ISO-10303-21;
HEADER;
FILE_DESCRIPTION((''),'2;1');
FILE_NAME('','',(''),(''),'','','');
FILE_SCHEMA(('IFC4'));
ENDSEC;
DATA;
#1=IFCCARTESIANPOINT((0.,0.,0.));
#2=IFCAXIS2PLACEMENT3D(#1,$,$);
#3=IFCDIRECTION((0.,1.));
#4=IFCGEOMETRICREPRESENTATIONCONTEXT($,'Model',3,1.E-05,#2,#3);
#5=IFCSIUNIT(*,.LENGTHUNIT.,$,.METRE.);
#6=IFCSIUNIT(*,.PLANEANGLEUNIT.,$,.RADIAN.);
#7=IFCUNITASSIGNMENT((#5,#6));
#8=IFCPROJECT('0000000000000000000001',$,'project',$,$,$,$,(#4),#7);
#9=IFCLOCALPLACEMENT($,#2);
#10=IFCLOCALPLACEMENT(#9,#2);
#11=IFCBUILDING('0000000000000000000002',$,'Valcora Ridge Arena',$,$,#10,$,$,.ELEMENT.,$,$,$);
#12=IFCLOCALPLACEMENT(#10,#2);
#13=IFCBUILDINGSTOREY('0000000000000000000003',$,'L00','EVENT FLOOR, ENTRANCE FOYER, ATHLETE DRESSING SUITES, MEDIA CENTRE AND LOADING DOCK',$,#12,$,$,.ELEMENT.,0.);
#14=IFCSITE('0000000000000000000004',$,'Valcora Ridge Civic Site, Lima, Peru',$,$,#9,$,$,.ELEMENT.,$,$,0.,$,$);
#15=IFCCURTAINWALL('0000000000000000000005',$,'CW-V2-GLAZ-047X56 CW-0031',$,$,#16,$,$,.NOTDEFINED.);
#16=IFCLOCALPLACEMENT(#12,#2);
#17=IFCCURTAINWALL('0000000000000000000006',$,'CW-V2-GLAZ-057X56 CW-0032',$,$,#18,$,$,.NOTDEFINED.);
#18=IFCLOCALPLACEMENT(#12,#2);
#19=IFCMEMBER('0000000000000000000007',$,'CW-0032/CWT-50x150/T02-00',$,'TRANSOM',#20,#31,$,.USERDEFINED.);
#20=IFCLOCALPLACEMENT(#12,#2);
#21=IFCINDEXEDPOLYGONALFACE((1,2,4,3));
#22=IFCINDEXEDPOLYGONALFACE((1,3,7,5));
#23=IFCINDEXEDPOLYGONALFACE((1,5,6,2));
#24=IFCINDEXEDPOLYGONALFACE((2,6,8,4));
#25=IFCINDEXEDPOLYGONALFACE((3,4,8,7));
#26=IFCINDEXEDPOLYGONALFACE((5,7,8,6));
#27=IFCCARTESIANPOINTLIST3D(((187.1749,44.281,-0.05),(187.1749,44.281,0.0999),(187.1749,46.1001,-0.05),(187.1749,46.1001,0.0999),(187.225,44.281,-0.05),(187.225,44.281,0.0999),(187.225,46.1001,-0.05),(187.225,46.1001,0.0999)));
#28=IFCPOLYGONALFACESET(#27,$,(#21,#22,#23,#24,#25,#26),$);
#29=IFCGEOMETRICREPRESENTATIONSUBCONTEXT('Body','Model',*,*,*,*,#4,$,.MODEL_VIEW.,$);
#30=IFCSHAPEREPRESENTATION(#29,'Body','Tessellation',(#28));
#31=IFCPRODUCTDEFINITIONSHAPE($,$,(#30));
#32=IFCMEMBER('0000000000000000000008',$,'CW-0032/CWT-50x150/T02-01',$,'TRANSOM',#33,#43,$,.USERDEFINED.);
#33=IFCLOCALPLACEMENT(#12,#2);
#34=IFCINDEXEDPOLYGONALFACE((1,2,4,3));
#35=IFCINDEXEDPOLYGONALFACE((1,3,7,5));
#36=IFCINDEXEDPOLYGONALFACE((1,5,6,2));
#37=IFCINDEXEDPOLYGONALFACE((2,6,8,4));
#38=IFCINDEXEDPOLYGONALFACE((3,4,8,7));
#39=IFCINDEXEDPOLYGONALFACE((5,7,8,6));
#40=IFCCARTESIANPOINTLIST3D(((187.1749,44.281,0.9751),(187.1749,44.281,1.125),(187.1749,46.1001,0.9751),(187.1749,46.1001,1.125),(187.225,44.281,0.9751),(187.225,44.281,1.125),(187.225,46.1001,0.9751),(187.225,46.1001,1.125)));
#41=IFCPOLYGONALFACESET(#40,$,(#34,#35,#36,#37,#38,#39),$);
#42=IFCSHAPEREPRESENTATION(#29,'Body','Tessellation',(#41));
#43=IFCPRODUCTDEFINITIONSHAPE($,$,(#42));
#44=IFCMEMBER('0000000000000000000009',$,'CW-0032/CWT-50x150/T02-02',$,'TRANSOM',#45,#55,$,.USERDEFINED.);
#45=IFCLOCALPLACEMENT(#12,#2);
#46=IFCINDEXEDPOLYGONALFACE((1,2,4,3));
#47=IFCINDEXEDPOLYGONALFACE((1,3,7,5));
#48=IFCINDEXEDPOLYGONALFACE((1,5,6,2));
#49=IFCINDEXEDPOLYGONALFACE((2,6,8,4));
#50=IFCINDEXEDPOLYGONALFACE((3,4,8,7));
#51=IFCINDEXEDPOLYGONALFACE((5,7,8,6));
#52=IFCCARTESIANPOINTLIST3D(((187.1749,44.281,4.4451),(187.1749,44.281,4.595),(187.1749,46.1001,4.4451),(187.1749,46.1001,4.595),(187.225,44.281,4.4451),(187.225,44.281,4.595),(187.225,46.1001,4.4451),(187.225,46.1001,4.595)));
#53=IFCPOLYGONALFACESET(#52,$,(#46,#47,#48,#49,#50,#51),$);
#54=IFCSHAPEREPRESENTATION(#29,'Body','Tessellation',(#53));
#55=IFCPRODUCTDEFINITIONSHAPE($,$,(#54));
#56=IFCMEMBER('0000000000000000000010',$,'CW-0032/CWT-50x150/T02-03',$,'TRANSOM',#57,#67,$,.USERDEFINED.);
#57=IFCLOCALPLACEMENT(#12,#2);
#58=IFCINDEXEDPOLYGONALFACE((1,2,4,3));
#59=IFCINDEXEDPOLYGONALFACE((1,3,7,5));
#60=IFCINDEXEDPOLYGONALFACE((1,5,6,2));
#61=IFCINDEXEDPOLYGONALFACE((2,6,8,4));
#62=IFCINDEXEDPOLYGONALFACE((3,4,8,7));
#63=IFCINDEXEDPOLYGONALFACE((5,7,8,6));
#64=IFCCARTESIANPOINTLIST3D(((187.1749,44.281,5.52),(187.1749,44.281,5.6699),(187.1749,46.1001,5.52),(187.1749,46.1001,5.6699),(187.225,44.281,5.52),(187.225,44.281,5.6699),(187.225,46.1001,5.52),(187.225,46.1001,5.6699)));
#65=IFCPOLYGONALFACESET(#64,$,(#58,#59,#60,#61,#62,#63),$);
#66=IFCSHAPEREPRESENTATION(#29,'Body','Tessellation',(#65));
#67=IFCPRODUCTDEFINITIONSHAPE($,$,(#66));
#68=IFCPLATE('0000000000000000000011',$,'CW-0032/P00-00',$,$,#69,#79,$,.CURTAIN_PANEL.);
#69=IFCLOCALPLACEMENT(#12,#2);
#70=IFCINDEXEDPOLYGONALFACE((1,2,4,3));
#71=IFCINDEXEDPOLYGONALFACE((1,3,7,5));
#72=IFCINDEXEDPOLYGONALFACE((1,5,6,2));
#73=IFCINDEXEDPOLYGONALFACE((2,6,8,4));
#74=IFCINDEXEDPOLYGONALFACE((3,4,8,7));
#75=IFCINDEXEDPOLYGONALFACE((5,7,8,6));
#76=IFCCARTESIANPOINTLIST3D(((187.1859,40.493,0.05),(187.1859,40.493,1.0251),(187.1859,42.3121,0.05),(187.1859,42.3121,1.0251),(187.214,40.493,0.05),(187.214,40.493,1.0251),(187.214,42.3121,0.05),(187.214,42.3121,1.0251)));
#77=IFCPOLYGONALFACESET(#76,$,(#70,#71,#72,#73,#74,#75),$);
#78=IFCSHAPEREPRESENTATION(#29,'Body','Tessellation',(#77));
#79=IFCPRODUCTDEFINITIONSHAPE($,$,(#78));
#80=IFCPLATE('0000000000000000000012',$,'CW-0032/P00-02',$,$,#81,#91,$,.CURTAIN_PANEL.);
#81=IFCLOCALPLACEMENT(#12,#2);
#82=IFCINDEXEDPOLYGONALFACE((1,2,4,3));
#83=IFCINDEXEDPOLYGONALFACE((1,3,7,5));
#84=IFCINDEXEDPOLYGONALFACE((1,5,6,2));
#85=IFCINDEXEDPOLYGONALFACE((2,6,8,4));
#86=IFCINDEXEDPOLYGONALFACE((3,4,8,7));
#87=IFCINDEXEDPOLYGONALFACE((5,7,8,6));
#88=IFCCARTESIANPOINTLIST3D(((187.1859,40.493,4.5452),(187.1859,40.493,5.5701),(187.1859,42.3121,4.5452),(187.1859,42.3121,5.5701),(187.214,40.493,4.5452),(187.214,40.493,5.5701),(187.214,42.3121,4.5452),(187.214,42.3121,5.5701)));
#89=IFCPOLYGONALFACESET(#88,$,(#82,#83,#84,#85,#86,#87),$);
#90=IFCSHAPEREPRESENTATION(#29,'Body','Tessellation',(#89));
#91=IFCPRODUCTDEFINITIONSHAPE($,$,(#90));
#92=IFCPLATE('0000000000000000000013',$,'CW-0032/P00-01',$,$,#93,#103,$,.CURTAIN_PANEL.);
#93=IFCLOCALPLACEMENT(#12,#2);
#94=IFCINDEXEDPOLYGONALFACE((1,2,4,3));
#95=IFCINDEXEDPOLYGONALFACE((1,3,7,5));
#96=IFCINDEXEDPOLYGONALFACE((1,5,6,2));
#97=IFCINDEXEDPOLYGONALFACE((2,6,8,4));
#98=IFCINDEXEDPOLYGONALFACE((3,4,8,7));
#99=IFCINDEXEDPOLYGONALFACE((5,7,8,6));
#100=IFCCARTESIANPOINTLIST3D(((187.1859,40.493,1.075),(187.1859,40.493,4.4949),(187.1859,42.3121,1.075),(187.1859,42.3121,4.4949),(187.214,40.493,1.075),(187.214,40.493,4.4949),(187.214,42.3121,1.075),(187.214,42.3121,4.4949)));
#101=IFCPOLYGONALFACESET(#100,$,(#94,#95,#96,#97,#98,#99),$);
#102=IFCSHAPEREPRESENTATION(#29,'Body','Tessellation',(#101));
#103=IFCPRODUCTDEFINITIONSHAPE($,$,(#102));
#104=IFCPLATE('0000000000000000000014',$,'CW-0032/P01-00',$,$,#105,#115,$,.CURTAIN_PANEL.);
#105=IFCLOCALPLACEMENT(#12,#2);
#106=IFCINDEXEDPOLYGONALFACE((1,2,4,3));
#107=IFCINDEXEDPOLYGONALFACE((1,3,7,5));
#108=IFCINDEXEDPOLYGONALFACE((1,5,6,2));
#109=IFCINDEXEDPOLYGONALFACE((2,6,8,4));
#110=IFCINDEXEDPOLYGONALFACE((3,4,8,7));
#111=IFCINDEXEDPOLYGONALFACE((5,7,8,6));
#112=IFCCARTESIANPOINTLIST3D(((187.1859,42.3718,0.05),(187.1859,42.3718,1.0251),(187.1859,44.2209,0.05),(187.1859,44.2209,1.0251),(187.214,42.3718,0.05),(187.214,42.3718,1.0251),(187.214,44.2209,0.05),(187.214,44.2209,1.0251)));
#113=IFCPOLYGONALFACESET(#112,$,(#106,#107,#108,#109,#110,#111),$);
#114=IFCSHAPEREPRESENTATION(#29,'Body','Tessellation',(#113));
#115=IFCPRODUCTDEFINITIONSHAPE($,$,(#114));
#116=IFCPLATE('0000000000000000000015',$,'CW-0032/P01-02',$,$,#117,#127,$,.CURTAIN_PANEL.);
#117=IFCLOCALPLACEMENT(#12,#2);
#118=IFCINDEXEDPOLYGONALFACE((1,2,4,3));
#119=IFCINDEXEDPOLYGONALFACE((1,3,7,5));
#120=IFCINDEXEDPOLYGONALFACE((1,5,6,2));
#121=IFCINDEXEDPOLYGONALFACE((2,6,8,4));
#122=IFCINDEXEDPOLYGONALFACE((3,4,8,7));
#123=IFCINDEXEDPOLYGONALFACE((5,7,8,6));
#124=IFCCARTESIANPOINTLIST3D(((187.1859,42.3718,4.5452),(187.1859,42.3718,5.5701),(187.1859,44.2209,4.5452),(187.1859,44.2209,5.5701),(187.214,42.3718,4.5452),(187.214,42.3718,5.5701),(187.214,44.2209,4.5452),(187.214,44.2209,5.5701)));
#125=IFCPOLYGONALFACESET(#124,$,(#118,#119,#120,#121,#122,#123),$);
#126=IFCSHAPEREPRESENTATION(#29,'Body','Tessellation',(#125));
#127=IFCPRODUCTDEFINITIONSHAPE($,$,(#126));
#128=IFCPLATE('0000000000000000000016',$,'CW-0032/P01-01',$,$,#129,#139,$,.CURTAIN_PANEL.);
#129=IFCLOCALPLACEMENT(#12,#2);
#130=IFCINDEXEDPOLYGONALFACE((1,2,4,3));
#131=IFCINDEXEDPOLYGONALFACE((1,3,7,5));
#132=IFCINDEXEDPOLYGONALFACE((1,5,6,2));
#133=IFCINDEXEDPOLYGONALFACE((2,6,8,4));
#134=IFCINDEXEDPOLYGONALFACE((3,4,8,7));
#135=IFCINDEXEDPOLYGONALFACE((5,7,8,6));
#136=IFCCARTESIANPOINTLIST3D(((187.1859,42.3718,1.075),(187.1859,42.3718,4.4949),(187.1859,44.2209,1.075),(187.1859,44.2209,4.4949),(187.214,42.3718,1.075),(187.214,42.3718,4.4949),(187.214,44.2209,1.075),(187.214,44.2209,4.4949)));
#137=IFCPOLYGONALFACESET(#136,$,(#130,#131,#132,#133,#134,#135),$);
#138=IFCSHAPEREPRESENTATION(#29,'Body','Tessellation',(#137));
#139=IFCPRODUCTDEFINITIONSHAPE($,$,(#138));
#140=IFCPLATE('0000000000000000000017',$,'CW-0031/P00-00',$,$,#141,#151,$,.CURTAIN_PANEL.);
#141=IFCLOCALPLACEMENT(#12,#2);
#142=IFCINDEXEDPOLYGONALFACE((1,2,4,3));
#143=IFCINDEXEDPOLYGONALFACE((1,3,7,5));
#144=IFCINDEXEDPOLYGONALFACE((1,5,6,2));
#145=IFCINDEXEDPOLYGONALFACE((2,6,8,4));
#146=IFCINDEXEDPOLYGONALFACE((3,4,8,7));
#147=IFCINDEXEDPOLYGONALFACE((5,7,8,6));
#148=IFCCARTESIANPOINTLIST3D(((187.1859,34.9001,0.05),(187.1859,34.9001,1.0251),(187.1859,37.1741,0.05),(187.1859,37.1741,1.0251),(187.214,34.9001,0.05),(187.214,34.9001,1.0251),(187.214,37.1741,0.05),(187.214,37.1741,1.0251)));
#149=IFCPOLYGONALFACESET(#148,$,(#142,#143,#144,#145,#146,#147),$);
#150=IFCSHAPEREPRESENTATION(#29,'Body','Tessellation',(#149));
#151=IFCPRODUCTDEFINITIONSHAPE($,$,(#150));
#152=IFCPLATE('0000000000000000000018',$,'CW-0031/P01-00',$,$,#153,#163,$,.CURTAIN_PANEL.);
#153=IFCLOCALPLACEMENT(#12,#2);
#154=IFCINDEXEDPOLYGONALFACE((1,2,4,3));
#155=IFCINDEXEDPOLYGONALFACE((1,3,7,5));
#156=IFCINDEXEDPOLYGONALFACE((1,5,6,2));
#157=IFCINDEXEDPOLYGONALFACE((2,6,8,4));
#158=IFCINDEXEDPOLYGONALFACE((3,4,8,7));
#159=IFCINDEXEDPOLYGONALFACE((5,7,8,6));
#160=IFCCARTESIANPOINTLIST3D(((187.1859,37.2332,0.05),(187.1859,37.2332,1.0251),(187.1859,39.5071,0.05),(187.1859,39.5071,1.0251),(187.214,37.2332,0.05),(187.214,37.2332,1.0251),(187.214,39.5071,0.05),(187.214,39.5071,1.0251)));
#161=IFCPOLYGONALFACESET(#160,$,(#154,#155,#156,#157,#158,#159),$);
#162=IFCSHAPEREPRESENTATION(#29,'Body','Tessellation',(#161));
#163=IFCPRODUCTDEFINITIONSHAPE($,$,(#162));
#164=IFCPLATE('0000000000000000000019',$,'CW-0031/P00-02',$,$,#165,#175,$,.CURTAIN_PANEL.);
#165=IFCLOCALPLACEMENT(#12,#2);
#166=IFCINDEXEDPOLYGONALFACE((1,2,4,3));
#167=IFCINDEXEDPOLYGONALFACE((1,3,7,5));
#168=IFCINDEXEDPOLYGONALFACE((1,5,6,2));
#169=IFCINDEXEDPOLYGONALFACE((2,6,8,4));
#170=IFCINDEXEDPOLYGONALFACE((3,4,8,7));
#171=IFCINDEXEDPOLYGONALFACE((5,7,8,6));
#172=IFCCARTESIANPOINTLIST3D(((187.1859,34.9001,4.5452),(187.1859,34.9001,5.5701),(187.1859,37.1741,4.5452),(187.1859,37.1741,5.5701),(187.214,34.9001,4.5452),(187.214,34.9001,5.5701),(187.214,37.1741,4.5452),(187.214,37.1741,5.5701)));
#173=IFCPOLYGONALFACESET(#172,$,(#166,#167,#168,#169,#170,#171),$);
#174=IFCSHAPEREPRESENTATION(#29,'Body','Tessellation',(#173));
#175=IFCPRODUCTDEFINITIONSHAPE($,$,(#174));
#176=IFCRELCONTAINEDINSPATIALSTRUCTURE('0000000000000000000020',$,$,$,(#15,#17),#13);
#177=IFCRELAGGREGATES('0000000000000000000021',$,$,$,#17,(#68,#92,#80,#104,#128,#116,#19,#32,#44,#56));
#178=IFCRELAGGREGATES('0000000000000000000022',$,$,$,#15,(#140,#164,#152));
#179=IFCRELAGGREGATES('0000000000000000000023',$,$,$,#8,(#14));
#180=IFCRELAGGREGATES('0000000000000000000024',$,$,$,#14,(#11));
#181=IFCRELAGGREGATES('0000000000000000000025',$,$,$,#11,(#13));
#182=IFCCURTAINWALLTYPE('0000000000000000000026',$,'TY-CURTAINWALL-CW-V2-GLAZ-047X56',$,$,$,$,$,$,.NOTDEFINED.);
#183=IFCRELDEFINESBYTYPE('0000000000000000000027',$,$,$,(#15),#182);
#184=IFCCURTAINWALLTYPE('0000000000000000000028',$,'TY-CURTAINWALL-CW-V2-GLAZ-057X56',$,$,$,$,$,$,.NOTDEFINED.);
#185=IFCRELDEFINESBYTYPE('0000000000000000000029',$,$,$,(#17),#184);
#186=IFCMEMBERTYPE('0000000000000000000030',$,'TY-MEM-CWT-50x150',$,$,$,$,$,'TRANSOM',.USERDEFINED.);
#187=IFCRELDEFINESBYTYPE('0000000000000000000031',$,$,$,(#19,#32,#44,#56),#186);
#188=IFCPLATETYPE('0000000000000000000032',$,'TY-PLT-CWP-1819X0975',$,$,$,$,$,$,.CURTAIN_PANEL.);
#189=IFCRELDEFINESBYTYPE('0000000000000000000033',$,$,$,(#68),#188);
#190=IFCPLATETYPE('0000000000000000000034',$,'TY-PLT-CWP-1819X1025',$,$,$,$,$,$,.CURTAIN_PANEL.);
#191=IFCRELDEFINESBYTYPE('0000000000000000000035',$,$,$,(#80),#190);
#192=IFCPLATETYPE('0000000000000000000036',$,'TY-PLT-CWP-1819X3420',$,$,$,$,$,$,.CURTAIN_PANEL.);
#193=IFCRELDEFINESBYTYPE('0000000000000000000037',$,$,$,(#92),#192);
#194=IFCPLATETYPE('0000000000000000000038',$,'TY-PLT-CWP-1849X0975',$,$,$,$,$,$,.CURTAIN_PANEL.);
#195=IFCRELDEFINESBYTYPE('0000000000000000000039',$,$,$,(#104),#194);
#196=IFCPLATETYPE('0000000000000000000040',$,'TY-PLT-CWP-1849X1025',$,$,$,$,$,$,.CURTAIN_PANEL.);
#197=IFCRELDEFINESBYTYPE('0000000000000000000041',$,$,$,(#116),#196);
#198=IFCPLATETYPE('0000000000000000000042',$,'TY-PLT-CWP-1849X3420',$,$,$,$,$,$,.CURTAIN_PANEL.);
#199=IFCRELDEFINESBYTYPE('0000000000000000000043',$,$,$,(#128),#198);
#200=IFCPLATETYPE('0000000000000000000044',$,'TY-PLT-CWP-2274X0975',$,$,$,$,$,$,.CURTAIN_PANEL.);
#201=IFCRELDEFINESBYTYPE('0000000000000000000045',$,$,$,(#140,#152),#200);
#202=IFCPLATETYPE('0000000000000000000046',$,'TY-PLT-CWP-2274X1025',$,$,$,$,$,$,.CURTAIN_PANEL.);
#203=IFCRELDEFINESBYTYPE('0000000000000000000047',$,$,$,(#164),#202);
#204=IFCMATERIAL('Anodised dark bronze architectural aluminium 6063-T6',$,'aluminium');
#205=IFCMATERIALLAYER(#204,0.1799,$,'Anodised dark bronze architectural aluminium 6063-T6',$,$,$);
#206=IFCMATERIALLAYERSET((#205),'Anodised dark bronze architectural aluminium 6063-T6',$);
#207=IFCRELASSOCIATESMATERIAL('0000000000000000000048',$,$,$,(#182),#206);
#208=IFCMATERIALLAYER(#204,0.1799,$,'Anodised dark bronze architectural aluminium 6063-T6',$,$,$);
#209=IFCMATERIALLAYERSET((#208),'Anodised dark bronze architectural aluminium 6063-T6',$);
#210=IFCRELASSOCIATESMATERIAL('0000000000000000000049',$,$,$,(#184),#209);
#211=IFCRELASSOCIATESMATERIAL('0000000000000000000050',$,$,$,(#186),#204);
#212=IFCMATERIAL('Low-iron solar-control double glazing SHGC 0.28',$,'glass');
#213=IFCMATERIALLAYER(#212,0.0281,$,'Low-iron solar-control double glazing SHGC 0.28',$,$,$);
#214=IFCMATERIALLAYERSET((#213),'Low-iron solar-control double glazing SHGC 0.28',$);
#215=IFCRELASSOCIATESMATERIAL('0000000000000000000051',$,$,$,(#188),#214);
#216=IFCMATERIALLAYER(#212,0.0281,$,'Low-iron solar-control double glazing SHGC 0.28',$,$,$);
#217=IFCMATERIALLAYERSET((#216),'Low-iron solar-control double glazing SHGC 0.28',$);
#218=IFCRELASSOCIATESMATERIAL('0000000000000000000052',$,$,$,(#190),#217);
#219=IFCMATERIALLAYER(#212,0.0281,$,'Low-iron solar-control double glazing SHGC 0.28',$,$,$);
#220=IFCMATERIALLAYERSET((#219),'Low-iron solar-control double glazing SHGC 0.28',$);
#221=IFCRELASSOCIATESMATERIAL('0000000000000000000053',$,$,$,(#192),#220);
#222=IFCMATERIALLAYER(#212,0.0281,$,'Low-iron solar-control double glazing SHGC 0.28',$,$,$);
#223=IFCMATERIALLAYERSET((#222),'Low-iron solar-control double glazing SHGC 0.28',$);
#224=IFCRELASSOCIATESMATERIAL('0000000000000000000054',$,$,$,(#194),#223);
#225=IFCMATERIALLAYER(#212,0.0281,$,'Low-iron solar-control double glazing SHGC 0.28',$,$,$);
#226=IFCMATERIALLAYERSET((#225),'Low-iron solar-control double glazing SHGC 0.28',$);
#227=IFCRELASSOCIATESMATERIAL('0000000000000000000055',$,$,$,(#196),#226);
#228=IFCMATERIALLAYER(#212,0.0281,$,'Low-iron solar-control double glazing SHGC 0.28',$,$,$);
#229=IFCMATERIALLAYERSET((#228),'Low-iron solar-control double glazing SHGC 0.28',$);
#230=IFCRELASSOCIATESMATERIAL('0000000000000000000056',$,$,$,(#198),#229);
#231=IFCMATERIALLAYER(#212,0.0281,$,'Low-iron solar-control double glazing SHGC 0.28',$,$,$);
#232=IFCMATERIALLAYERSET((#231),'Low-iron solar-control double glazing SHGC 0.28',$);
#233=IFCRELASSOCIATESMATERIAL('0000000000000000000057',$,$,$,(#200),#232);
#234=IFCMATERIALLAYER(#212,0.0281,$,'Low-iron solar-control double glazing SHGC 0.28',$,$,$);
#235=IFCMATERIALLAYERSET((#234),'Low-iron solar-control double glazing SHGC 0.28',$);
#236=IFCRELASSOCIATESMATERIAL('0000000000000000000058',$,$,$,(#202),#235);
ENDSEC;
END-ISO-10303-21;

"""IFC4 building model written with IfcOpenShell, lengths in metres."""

from ifc_helpers import new_model, si_unit, direction, frame, origin, origin_2d, place, context, subcontext, project, spatial, rectangle, extrude, material, layer, layer_set, material_profile, profile_set, type_object, element, aggregate, save


model = new_model("IFC4")

# Units and contexts
model_context = context("Model", 3, precision=1e-05, world=origin(), true_north=direction((0.0, 1.0)))
body_context = subcontext(model_context, "Body", "Model", "MODEL_VIEW")
ifc_project = project(units=[si_unit("LENGTHUNIT", "METRE"), si_unit("PLANEANGLEUNIT", "RADIAN")], contexts=[model_context])

# Site, building, storey
site_placement = place(None, origin())
site = spatial("IfcSite", under=ifc_project, at=site_placement, Name="Valcora Ridge Civic Site, Lima, Peru", CompositionType="ELEMENT", RefElevation=0.0)
building_placement = place(site_placement, origin())
building = spatial("IfcBuilding", under=site, at=building_placement, Name="Valcora Ridge Arena", CompositionType="ELEMENT")
storey_placement = place(building_placement, origin())
storey = spatial("IfcBuildingStorey", under=building, at=storey_placement, Name="L00", Description="EVENT FLOOR, ENTRANCE FOYER, ATHLETE DRESSING SUITES, MEDIA CENTRE AND LOADING DOCK", CompositionType="ELEMENT", Elevation=0.0)

# Curtain walls
ifc_material_1 = material(Name="Anodised dark bronze architectural aluminium 6063-T6", Category="aluminium")
ifc_layer_1 = layer(ifc_material_1, 0.1799, Name="Anodised dark bronze architectural aluminium 6063-T6")
ifc_layer_set_1 = layer_set([ifc_layer_1], Name="Anodised dark bronze architectural aluminium 6063-T6")
curtain_wall_type_1 = type_object("IfcCurtainWallType", Name="TY-CURTAINWALL-CW-V2-GLAZ-047X56", PredefinedType="NOTDEFINED", material=ifc_layer_set_1)
curtain_wall_1_placement = place(storey_placement, origin())
curtain_wall_1 = element("IfcCurtainWall", 1, at=curtain_wall_1_placement, inside=storey, type_object=curtain_wall_type_1, Name="CW-V2-GLAZ-047X56 CW-0031", PredefinedType="NOTDEFINED")
ifc_layer_2 = layer(ifc_material_1, 0.1799, Name="Anodised dark bronze architectural aluminium 6063-T6")
ifc_layer_set_2 = layer_set([ifc_layer_2], Name="Anodised dark bronze architectural aluminium 6063-T6")
curtain_wall_type_2 = type_object("IfcCurtainWallType", Name="TY-CURTAINWALL-CW-V2-GLAZ-057X56", PredefinedType="NOTDEFINED", material=ifc_layer_set_2)
curtain_wall_2_placement = place(storey_placement, origin())
curtain_wall_2 = element("IfcCurtainWall", 2, at=curtain_wall_2_placement, inside=storey, type_object=curtain_wall_type_2, Name="CW-V2-GLAZ-057X56 CW-0032", PredefinedType="NOTDEFINED")

# Members
ifc_material_profile_1 = material_profile(ifc_material_1, rectangle(XDim=0.05, YDim=0.1499, at=origin_2d()), Name="ALU TRANSOM 50x150")
ifc_profile_set_1 = profile_set([ifc_material_profile_1], Name="Anodised dark bronze architectural aluminium 6063-T6")
member_type_1 = type_object("IfcMemberType", Name="TY-MEM-CWT-50x150", ElementType="TRANSOM", PredefinedType="USERDEFINED", material=ifc_profile_set_1)
member_1_placement = place(storey_placement, frame((187.2, 44.281, 0.0249), z_axis=(0.0, 1.0, 0.0), x_axis=(-1.0, 0.0, 0.0)))
member_1 = element("IfcMember", 3, at=member_1_placement, type_object=member_type_1, Name="CW-0032/CWT-50x150/T02-00", ObjectType="TRANSOM", PredefinedType="USERDEFINED", context=body_context, shape_type="SweptSolid", body=[
    extrude(rectangle(XDim=0.05, YDim=0.1499, at=origin_2d()), origin(), (0.0, 0.0, 1.0), 1.8191),
])
member_2_placement = place(storey_placement, frame((187.2, 44.281, 1.05), z_axis=(0.0, 1.0, 0.0), x_axis=(-1.0, 0.0, 0.0)))
member_2 = element("IfcMember", 4, at=member_2_placement, type_object=member_type_1, Name="CW-0032/CWT-50x150/T02-01", ObjectType="TRANSOM", PredefinedType="USERDEFINED", context=body_context, shape_type="SweptSolid", body=[
    extrude(rectangle(XDim=0.05, YDim=0.1499, at=origin_2d()), origin(), (0.0, 0.0, 1.0), 1.8191),
])
member_3_placement = place(storey_placement, frame((187.2, 44.281, 4.52), z_axis=(0.0, 1.0, 0.0), x_axis=(-1.0, 0.0, 0.0)))
member_3 = element("IfcMember", 5, at=member_3_placement, type_object=member_type_1, Name="CW-0032/CWT-50x150/T02-02", ObjectType="TRANSOM", PredefinedType="USERDEFINED", context=body_context, shape_type="SweptSolid", body=[
    extrude(rectangle(XDim=0.05, YDim=0.1499, at=origin_2d()), origin(), (0.0, 0.0, 1.0), 1.8191),
])
member_4_placement = place(storey_placement, frame((187.2, 44.281, 5.595), z_axis=(0.0, 1.0, 0.0), x_axis=(-1.0, 0.0, 0.0)))
member_4 = element("IfcMember", 6, at=member_4_placement, type_object=member_type_1, Name="CW-0032/CWT-50x150/T02-03", ObjectType="TRANSOM", PredefinedType="USERDEFINED", context=body_context, shape_type="SweptSolid", body=[
    extrude(rectangle(XDim=0.05, YDim=0.1499, at=origin_2d()), origin(), (0.0, 0.0, 1.0), 1.8191),
])

# Plates
ifc_material_2 = material(Name="Low-iron solar-control double glazing SHGC 0.28", Category="glass")
ifc_layer_3 = layer(ifc_material_2, 0.0281, Name="Low-iron solar-control double glazing SHGC 0.28")
ifc_layer_set_3 = layer_set([ifc_layer_3], Name="Low-iron solar-control double glazing SHGC 0.28")
plate_type_1 = type_object("IfcPlateType", Name="TY-PLT-CWP-1819X0975", PredefinedType="CURTAIN_PANEL", material=ifc_layer_set_3)
plate_1_placement = place(storey_placement, frame((187.2, 41.4026, 0.05), z_axis=(0.0, 0.0, 1.0), x_axis=(0.0, 1.0, 0.0)))
plate_1 = element("IfcPlate", 7, at=plate_1_placement, type_object=plate_type_1, Name="CW-0032/P00-00", PredefinedType="CURTAIN_PANEL", context=body_context, shape_type="SweptSolid", body=[
    extrude(rectangle(XDim=1.8191, YDim=0.0281, at=origin_2d()), origin(), (0.0, 0.0, 1.0), 0.9751),
])
ifc_layer_4 = layer(ifc_material_2, 0.0281, Name="Low-iron solar-control double glazing SHGC 0.28")
ifc_layer_set_4 = layer_set([ifc_layer_4], Name="Low-iron solar-control double glazing SHGC 0.28")
plate_type_2 = type_object("IfcPlateType", Name="TY-PLT-CWP-1819X1025", PredefinedType="CURTAIN_PANEL", material=ifc_layer_set_4)
plate_2_placement = place(storey_placement, frame((187.2, 41.4026, 4.5452), z_axis=(0.0, 0.0, 1.0), x_axis=(0.0, 1.0, 0.0)))
plate_2 = element("IfcPlate", 8, at=plate_2_placement, type_object=plate_type_2, Name="CW-0032/P00-02", PredefinedType="CURTAIN_PANEL", context=body_context, shape_type="SweptSolid", body=[
    extrude(rectangle(XDim=1.8191, YDim=0.0281, at=origin_2d()), origin(), (0.0, 0.0, 1.0), 1.0249),
])
ifc_layer_5 = layer(ifc_material_2, 0.0281, Name="Low-iron solar-control double glazing SHGC 0.28")
ifc_layer_set_5 = layer_set([ifc_layer_5], Name="Low-iron solar-control double glazing SHGC 0.28")
plate_type_3 = type_object("IfcPlateType", Name="TY-PLT-CWP-1819X3420", PredefinedType="CURTAIN_PANEL", material=ifc_layer_set_5)
plate_3_placement = place(storey_placement, frame((187.2, 41.4026, 1.075), z_axis=(0.0, 0.0, 1.0), x_axis=(0.0, 1.0, 0.0)))
plate_3 = element("IfcPlate", 9, at=plate_3_placement, type_object=plate_type_3, Name="CW-0032/P00-01", PredefinedType="CURTAIN_PANEL", context=body_context, shape_type="SweptSolid", body=[
    extrude(rectangle(XDim=1.8191, YDim=0.0281, at=origin_2d()), origin(), (0.0, 0.0, 1.0), 3.4199),
])
ifc_layer_6 = layer(ifc_material_2, 0.0281, Name="Low-iron solar-control double glazing SHGC 0.28")
ifc_layer_set_6 = layer_set([ifc_layer_6], Name="Low-iron solar-control double glazing SHGC 0.28")
plate_type_4 = type_object("IfcPlateType", Name="TY-PLT-CWP-1849X0975", PredefinedType="CURTAIN_PANEL", material=ifc_layer_set_6)
plate_4_placement = place(storey_placement, frame((187.2, 43.2964, 0.05), z_axis=(0.0, 0.0, 1.0), x_axis=(0.0, 1.0, 0.0)))
plate_4 = element("IfcPlate", 10, at=plate_4_placement, type_object=plate_type_4, Name="CW-0032/P01-00", PredefinedType="CURTAIN_PANEL", context=body_context, shape_type="SweptSolid", body=[
    extrude(rectangle(XDim=1.8491, YDim=0.0281, at=origin_2d()), origin(), (0.0, 0.0, 1.0), 0.9751),
])
ifc_layer_7 = layer(ifc_material_2, 0.0281, Name="Low-iron solar-control double glazing SHGC 0.28")
ifc_layer_set_7 = layer_set([ifc_layer_7], Name="Low-iron solar-control double glazing SHGC 0.28")
plate_type_5 = type_object("IfcPlateType", Name="TY-PLT-CWP-1849X1025", PredefinedType="CURTAIN_PANEL", material=ifc_layer_set_7)
plate_5_placement = place(storey_placement, frame((187.2, 43.2964, 4.5452), z_axis=(0.0, 0.0, 1.0), x_axis=(0.0, 1.0, 0.0)))
plate_5 = element("IfcPlate", 11, at=plate_5_placement, type_object=plate_type_5, Name="CW-0032/P01-02", PredefinedType="CURTAIN_PANEL", context=body_context, shape_type="SweptSolid", body=[
    extrude(rectangle(XDim=1.8491, YDim=0.0281, at=origin_2d()), origin(), (0.0, 0.0, 1.0), 1.0249),
])
ifc_layer_8 = layer(ifc_material_2, 0.0281, Name="Low-iron solar-control double glazing SHGC 0.28")
ifc_layer_set_8 = layer_set([ifc_layer_8], Name="Low-iron solar-control double glazing SHGC 0.28")
plate_type_6 = type_object("IfcPlateType", Name="TY-PLT-CWP-1849X3420", PredefinedType="CURTAIN_PANEL", material=ifc_layer_set_8)
plate_6_placement = place(storey_placement, frame((187.2, 43.2964, 1.075), z_axis=(0.0, 0.0, 1.0), x_axis=(0.0, 1.0, 0.0)))
plate_6 = element("IfcPlate", 12, at=plate_6_placement, type_object=plate_type_6, Name="CW-0032/P01-01", PredefinedType="CURTAIN_PANEL", context=body_context, shape_type="SweptSolid", body=[
    extrude(rectangle(XDim=1.8491, YDim=0.0281, at=origin_2d()), origin(), (0.0, 0.0, 1.0), 3.4199),
])
aggregate(curtain_wall_2, [plate_1, plate_3, plate_2, plate_4, plate_6, plate_5, member_1, member_2, member_3, member_4])
ifc_layer_9 = layer(ifc_material_2, 0.0281, Name="Low-iron solar-control double glazing SHGC 0.28")
ifc_layer_set_9 = layer_set([ifc_layer_9], Name="Low-iron solar-control double glazing SHGC 0.28")
plate_type_7 = type_object("IfcPlateType", Name="TY-PLT-CWP-2274X0975", PredefinedType="CURTAIN_PANEL", material=ifc_layer_set_9)
plate_7_placement = place(storey_placement, frame((187.2, 36.0371, 0.05), z_axis=(0.0, 0.0, 1.0), x_axis=(0.0, 1.0, 0.0)))
plate_7 = element("IfcPlate", 13, at=plate_7_placement, type_object=plate_type_7, Name="CW-0031/P00-00", PredefinedType="CURTAIN_PANEL", context=body_context, shape_type="SweptSolid", body=[
    extrude(rectangle(XDim=2.2739, YDim=0.0281, at=origin_2d()), origin(), (0.0, 0.0, 1.0), 0.9751),
])
plate_8_placement = place(storey_placement, frame((187.2, 38.3701, 0.05), z_axis=(0.0, 0.0, 1.0), x_axis=(0.0, 1.0, 0.0)))
plate_8 = element("IfcPlate", 14, at=plate_8_placement, type_object=plate_type_7, Name="CW-0031/P01-00", PredefinedType="CURTAIN_PANEL", context=body_context, shape_type="SweptSolid", body=[
    extrude(rectangle(XDim=2.2739, YDim=0.0281, at=origin_2d()), origin(), (0.0, 0.0, 1.0), 0.9751),
])
ifc_layer_10 = layer(ifc_material_2, 0.0281, Name="Low-iron solar-control double glazing SHGC 0.28")
ifc_layer_set_10 = layer_set([ifc_layer_10], Name="Low-iron solar-control double glazing SHGC 0.28")
plate_type_8 = type_object("IfcPlateType", Name="TY-PLT-CWP-2274X1025", PredefinedType="CURTAIN_PANEL", material=ifc_layer_set_10)
plate_9_placement = place(storey_placement, frame((187.2, 36.0371, 4.5452), z_axis=(0.0, 0.0, 1.0), x_axis=(0.0, 1.0, 0.0)))
plate_9 = element("IfcPlate", 15, at=plate_9_placement, type_object=plate_type_8, Name="CW-0031/P00-02", PredefinedType="CURTAIN_PANEL", context=body_context, shape_type="SweptSolid", body=[
    extrude(rectangle(XDim=2.2739, YDim=0.0281, at=origin_2d()), origin(), (0.0, 0.0, 1.0), 1.0249),
])
aggregate(curtain_wall_1, [plate_7, plate_9, plate_8])

save(model, "model.ifc")
